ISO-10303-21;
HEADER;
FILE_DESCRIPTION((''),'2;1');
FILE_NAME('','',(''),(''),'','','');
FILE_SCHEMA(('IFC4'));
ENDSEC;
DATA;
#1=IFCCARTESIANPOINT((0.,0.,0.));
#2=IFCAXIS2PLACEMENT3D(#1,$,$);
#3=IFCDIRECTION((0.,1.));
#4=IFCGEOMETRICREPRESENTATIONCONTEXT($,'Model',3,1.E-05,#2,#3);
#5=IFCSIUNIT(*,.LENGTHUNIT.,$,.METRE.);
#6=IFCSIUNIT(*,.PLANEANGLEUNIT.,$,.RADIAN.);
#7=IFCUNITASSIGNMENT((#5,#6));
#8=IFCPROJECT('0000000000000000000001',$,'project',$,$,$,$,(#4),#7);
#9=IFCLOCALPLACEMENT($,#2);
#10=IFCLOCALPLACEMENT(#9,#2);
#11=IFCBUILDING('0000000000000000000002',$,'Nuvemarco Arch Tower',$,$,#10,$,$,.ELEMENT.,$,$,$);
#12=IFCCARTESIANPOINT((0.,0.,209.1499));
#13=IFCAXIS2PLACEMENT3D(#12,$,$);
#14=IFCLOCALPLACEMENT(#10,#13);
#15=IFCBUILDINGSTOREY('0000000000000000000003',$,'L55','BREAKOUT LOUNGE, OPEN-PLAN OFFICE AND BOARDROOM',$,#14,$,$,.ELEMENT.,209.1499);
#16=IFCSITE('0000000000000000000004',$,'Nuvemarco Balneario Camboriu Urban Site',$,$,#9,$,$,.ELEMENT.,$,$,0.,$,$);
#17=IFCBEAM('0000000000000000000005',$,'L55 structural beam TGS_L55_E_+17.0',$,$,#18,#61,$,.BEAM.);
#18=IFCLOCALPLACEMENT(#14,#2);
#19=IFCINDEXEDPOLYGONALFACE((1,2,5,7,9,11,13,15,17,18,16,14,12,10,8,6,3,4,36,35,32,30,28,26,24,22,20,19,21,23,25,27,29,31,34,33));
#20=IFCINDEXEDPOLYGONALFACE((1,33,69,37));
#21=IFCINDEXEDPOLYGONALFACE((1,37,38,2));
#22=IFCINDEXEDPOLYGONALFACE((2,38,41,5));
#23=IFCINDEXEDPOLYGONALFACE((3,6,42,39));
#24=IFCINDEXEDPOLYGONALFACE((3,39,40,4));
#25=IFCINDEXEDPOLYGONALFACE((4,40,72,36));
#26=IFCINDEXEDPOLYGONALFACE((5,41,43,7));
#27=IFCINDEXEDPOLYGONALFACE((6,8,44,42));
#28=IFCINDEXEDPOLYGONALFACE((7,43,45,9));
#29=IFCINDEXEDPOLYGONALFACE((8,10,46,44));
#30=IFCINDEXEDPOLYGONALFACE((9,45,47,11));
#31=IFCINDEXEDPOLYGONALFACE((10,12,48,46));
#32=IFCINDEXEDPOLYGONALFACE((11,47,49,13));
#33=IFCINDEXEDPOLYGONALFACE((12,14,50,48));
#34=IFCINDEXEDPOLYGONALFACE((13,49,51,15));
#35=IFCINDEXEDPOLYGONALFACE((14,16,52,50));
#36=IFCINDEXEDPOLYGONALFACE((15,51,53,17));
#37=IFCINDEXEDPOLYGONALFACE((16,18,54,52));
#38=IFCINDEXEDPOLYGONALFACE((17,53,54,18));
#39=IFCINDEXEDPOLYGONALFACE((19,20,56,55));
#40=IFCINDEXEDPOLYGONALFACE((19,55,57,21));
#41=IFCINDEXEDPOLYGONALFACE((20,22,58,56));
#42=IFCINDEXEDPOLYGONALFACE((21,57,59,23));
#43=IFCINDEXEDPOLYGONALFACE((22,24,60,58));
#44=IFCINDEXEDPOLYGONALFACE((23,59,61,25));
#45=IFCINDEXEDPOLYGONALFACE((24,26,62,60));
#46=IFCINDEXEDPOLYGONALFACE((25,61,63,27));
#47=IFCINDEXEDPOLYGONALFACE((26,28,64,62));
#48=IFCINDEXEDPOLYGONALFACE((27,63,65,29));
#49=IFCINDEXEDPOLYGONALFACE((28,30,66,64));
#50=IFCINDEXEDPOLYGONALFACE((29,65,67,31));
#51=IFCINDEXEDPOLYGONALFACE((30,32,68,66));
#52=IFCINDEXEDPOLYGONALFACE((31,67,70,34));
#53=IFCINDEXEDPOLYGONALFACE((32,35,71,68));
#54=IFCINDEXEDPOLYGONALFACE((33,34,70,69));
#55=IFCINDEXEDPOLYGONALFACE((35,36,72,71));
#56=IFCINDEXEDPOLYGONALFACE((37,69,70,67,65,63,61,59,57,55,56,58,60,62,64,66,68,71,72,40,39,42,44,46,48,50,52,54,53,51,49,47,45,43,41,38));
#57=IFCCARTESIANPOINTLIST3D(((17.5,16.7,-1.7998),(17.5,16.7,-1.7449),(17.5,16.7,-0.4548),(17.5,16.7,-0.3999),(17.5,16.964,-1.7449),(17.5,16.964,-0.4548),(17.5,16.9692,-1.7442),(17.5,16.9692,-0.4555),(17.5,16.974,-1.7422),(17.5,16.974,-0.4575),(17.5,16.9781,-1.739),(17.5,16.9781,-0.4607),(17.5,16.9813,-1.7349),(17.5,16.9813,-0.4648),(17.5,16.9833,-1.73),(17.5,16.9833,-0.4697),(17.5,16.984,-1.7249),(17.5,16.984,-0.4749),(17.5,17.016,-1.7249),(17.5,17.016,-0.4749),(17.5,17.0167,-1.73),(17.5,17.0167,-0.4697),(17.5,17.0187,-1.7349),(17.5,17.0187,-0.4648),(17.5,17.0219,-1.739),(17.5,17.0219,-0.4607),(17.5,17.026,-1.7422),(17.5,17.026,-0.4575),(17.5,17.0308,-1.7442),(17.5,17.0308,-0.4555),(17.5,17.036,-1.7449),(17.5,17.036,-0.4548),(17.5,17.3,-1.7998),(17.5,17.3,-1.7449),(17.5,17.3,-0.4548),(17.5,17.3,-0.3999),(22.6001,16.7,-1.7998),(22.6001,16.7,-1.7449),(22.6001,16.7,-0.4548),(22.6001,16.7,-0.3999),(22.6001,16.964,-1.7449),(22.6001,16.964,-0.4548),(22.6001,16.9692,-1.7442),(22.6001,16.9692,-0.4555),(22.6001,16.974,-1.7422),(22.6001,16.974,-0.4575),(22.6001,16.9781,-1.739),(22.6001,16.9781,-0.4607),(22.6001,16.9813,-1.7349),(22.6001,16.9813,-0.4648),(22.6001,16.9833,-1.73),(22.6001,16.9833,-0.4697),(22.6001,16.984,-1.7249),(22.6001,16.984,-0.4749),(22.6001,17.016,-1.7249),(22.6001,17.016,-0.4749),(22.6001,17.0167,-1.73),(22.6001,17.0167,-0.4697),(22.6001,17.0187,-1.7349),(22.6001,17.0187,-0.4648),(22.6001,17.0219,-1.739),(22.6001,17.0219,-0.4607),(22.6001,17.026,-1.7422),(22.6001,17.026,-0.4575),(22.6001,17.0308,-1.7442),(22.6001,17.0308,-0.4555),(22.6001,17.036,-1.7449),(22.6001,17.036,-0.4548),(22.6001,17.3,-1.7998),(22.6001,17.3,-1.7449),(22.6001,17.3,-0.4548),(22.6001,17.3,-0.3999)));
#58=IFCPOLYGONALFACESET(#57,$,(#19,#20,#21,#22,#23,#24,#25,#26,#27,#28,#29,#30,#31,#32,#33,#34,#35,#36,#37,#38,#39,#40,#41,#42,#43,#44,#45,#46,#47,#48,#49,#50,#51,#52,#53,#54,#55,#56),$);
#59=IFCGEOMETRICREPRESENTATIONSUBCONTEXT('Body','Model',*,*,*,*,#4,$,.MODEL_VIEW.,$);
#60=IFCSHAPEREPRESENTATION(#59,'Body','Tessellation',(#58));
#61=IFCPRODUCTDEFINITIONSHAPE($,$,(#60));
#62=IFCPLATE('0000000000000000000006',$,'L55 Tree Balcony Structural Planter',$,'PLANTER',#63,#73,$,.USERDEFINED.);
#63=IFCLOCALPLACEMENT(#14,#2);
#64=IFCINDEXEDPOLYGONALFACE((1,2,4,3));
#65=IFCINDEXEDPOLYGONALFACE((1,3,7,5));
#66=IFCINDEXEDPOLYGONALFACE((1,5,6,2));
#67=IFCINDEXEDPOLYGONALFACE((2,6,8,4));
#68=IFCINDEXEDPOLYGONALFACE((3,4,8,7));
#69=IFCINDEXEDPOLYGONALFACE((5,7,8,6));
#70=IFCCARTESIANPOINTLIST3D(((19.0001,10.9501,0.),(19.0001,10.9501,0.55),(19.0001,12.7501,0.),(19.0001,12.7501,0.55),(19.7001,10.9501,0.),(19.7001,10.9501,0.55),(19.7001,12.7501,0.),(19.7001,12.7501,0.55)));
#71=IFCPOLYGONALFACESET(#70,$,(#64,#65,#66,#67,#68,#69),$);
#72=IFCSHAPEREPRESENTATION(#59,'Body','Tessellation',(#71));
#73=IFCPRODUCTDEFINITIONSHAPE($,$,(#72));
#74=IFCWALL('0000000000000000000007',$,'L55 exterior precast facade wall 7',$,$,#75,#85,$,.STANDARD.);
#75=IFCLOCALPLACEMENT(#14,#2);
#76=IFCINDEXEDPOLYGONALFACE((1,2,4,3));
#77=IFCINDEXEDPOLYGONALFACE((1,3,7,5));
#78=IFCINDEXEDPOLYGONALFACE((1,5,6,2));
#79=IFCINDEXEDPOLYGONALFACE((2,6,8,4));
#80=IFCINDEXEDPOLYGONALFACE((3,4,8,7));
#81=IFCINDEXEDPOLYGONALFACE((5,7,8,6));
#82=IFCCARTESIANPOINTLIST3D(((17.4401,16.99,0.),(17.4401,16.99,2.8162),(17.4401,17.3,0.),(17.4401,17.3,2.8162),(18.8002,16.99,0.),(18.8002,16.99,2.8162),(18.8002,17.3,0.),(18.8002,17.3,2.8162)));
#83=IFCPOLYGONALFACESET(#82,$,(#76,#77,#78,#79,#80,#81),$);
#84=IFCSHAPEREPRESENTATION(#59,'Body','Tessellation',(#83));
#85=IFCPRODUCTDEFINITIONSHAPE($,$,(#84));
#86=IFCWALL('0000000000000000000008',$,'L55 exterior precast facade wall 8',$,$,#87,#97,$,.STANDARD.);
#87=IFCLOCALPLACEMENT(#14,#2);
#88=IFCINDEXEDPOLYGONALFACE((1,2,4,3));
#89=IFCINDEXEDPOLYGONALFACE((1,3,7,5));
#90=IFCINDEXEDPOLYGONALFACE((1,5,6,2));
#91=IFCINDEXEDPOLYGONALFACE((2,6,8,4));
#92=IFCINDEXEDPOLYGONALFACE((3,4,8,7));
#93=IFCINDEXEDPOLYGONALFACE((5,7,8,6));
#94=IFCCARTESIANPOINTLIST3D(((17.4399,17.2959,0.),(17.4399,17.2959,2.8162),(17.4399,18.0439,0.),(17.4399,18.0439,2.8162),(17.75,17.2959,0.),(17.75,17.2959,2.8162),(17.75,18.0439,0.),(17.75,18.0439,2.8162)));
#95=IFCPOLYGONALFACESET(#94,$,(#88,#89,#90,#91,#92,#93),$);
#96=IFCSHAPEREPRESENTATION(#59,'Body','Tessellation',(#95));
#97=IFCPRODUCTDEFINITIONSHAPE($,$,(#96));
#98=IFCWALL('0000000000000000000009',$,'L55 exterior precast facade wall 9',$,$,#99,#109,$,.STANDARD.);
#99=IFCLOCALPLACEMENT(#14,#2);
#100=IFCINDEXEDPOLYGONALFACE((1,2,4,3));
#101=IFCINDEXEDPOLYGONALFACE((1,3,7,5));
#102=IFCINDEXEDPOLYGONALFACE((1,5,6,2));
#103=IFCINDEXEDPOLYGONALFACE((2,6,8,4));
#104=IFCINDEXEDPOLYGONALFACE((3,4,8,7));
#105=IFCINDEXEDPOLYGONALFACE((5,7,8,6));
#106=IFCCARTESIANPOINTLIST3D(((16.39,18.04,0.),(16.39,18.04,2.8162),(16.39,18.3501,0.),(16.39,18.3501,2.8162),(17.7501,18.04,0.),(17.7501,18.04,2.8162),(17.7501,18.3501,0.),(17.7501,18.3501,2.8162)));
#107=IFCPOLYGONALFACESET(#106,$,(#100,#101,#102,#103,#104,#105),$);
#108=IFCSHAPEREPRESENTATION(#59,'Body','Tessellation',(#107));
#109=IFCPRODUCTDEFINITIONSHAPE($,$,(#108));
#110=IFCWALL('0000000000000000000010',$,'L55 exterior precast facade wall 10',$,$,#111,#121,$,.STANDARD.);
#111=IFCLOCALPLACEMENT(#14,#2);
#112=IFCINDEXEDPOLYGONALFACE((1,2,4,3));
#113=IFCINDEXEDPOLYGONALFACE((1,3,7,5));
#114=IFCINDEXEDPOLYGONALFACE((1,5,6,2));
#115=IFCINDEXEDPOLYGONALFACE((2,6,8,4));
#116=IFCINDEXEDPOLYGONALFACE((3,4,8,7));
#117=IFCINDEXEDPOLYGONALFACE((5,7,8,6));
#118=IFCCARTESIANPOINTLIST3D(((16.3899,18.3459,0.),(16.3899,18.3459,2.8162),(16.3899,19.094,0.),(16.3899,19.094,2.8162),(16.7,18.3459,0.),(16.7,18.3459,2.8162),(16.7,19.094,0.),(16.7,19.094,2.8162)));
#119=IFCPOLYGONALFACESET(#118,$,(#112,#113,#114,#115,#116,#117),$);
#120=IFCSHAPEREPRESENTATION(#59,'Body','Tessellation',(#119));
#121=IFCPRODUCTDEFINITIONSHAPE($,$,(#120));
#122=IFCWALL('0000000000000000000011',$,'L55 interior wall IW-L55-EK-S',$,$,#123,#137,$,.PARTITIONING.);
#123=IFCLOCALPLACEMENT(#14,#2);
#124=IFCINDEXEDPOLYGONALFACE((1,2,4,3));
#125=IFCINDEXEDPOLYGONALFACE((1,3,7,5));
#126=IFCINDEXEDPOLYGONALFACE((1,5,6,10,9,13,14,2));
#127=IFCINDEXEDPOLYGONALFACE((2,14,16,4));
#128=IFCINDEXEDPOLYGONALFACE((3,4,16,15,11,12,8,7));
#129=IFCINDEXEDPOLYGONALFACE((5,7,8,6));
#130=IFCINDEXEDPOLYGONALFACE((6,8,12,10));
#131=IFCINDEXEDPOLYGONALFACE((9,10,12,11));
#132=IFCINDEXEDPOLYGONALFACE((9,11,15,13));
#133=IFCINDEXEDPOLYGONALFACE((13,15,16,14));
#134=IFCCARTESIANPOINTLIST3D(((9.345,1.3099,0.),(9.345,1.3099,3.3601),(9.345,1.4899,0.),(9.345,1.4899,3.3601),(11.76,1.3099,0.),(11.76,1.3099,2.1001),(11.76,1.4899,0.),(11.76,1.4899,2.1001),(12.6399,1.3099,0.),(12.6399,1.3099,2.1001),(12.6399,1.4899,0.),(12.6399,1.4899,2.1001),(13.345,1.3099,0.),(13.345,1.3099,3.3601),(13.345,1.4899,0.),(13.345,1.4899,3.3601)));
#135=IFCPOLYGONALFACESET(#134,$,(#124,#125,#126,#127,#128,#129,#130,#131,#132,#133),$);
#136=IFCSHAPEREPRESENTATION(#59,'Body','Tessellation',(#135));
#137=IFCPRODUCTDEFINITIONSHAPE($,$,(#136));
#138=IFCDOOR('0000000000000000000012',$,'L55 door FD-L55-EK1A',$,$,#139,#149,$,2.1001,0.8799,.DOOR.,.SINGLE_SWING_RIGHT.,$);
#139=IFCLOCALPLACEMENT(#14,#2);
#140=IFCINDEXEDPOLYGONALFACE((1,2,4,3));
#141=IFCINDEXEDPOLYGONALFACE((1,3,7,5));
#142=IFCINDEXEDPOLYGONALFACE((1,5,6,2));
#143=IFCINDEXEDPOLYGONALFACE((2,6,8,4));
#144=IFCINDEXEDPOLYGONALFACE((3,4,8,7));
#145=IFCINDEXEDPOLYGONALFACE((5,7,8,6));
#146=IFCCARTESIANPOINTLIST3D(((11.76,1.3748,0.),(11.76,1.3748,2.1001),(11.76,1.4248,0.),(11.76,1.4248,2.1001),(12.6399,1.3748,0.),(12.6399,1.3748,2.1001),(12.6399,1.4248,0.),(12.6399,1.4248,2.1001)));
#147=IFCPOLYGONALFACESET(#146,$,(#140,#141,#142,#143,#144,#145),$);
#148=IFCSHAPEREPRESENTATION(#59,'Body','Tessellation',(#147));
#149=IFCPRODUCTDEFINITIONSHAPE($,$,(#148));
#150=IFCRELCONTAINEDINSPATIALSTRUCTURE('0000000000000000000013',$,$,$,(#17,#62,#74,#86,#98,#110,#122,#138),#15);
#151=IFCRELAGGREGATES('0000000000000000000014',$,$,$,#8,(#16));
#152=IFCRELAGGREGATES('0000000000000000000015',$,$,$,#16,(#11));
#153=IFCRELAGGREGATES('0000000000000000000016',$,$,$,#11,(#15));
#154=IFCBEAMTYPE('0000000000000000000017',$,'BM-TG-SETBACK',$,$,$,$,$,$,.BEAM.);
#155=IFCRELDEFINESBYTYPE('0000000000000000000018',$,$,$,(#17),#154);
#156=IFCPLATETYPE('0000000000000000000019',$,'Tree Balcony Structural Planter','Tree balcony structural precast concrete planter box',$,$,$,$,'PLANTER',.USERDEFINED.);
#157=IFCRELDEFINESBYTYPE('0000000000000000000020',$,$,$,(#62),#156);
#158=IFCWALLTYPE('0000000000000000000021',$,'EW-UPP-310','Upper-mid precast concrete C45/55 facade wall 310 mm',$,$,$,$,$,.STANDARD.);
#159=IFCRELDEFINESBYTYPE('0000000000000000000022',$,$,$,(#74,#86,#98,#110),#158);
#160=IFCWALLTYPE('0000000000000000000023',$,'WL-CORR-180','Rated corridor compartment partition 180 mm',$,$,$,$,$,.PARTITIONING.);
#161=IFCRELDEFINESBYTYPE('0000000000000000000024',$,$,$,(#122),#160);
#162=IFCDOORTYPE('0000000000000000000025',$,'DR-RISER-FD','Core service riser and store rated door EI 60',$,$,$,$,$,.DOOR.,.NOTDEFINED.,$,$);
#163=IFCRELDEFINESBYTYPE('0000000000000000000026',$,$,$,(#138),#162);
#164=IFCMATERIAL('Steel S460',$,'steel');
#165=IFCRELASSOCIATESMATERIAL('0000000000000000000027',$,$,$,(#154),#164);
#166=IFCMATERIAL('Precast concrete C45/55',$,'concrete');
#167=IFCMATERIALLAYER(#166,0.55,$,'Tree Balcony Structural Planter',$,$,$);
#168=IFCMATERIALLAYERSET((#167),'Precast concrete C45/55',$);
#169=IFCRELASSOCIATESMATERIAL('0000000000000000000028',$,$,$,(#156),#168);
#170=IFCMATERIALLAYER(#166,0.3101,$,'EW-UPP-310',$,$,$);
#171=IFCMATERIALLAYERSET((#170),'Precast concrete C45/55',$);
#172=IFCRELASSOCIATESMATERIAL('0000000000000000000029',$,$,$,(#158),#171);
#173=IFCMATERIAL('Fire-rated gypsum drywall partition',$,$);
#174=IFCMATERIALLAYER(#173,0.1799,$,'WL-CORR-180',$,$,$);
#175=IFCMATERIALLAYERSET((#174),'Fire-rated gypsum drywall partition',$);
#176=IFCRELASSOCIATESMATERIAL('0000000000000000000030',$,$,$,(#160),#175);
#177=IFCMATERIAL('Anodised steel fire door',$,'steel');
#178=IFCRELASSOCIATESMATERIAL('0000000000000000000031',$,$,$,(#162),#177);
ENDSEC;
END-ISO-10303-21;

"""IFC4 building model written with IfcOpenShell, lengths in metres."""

from ifc_helpers import new_model, si_unit, direction, frame, frame_2d, origin, origin_2d, place, context, subcontext, project, spatial, rectangle, i_section, extrude, source, transform, mapped, material, layer, layer_set, material_profile, profile_set, type_object, type_shapes, element, fill, save


model = new_model("IFC4")

# Units and contexts
model_context = context("Model", 3, precision=1e-05, world=origin(), true_north=direction((0.0, 1.0)))
body_context = subcontext(model_context, "Body", "Model", "MODEL_VIEW")
ifc_project = project(units=[si_unit("LENGTHUNIT", "METRE"), si_unit("PLANEANGLEUNIT", "RADIAN")], contexts=[model_context])

# Site, building, storey
site_placement = place(None, origin())
site = spatial("IfcSite", under=ifc_project, at=site_placement, Name="Nuvemarco Balneario Camboriu Urban Site", CompositionType="ELEMENT", RefElevation=0.0)
building_placement = place(site_placement, origin())
building = spatial("IfcBuilding", under=site, at=building_placement, Name="Nuvemarco Arch Tower", CompositionType="ELEMENT")
storey_placement = place(building_placement, frame((0.0, 0.0, 209.1499)))
storey = spatial("IfcBuildingStorey", under=building, at=storey_placement, Name="L55", Description="BREAKOUT LOUNGE, OPEN-PLAN OFFICE AND BOARDROOM", CompositionType="ELEMENT", Elevation=209.1499)

# Beam
ifc_material_1 = material(Name="Precast concrete C45/55", Category="concrete")
ifc_material_2 = material(Name="Steel S460", Category="steel")
ifc_material_profile_1 = material_profile(ifc_material_2, i_section(OverallWidth=0.6001, OverallDepth=1.3999, WebThickness=0.032, FlangeThickness=0.0549, FilletRadius=0.02, at=origin_2d()), Name="PG1400x600")
ifc_profile_set_1 = profile_set([ifc_material_profile_1], Name="Steel S460")
beam_type_1 = type_object("IfcBeamType", Name="BM-TG-SETBACK", PredefinedType="BEAM", material=ifc_profile_set_1)
for number, where, z_axis, x_axis, name in (
    (1, (17.5, 17.0, -1.0999), (1.0, 0.0, 0.0), (0.0, 1.0, 0.0), "L55 structural beam TGS_L55_E_+17.0"),
):
    element("IfcBeam", number, at=place(storey_placement, frame(where, z_axis=z_axis, x_axis=x_axis)), inside=storey, type_object=beam_type_1, Name=name, PredefinedType="BEAM", context=body_context, shape_type="SweptSolid", body=[
        extrude(i_section(OverallWidth=0.6001, OverallDepth=1.3999, WebThickness=0.032, FlangeThickness=0.0549, FilletRadius=0.02, at=origin_2d()), origin(), (0.0, 0.0, 1.0), 5.1001),
    ])

# Plate
ifc_layer_1 = layer(ifc_material_1, 0.55, Name="Tree Balcony Structural Planter")
ifc_layer_set_1 = layer_set([ifc_layer_1], Name="Precast concrete C45/55")
plate_type = type_object("IfcPlateType", Name="Tree Balcony Structural Planter", Description="Tree balcony structural precast concrete planter box", ElementType="PLANTER", PredefinedType="USERDEFINED", material=ifc_layer_set_1)
shared_shape_1 = source(origin(), body_context, "Body", "SweptSolid", [
    extrude(rectangle(XDim=1.8, YDim=0.7, at=origin_2d()), origin(), (0.0, 0.0, 1.0), 0.55),
])
type_shapes(plate_type, [shared_shape_1])
plate_placement = place(storey_placement, frame((19.3501, 11.8501, 0.0), z_axis=(0.0, 0.0, 1.0), x_axis=(0.0, 1.0, 0.0)))
element("IfcPlate", 2, at=plate_placement, inside=storey, type_object=plate_type, Name="L55 Tree Balcony Structural Planter", ObjectType="PLANTER", PredefinedType="USERDEFINED", context=body_context, shape_type="MappedRepresentation", body=[
    mapped(shared_shape_1, transform((0.0, 0.0, 0.0), scale=1.0)),
])

# Walls
ifc_layer_2 = layer(ifc_material_1, 0.3101, Name="EW-UPP-310")
ifc_layer_set_2 = layer_set([ifc_layer_2], Name="Precast concrete C45/55")
wall_type_1 = type_object("IfcWallType", Name="EW-UPP-310", Description="Upper-mid precast concrete C45/55 facade wall 310 mm", PredefinedType="STANDARD", material=ifc_layer_set_2)
wall_1_placement = place(storey_placement, frame((17.4399, 17.145, 0.0), z_axis=(0.0, 0.0, 1.0), x_axis=(1.0, 0.0, 0.0)))
element("IfcWall", 3, at=wall_1_placement, inside=storey, type_object=wall_type_1, Name="L55 exterior precast facade wall 7", PredefinedType="STANDARD", context=body_context, shape_type="SweptSolid", body=[
    extrude(rectangle(XDim=1.3601, YDim=0.3101, at=frame_2d((0.6802, 0.0))), origin(), (0.0, 0.0, 1.0), 2.8162),
])
wall_2_placement = place(storey_placement, frame((17.595, 17.2959, 0.0), z_axis=(0.0, 0.0, 1.0), x_axis=(0.0, 1.0, 0.0)))
element("IfcWall", 4, at=wall_2_placement, inside=storey, type_object=wall_type_1, Name="L55 exterior precast facade wall 8", PredefinedType="STANDARD", context=body_context, shape_type="SweptSolid", body=[
    extrude(rectangle(XDim=0.748, YDim=0.3101, at=frame_2d((0.374, 0.0))), origin(), (0.0, 0.0, 1.0), 2.8162),
])
wall_3_placement = place(storey_placement, frame((16.3899, 18.1951, 0.0), z_axis=(0.0, 0.0, 1.0), x_axis=(1.0, 0.0, 0.0)))
element("IfcWall", 5, at=wall_3_placement, inside=storey, type_object=wall_type_1, Name="L55 exterior precast facade wall 9", PredefinedType="STANDARD", context=body_context, shape_type="SweptSolid", body=[
    extrude(rectangle(XDim=1.3601, YDim=0.3101, at=frame_2d((0.6802, 0.0))), origin(), (0.0, 0.0, 1.0), 2.8162),
])
wall_4_placement = place(storey_placement, frame((16.5449, 18.3459, 0.0), z_axis=(0.0, 0.0, 1.0), x_axis=(0.0, 1.0, 0.0)))
element("IfcWall", 6, at=wall_4_placement, inside=storey, type_object=wall_type_1, Name="L55 exterior precast facade wall 10", PredefinedType="STANDARD", context=body_context, shape_type="SweptSolid", body=[
    extrude(rectangle(XDim=0.748, YDim=0.3101, at=frame_2d((0.374, 0.0))), origin(), (0.0, 0.0, 1.0), 2.8162),
])

# Wall, opening, door
ifc_material_3 = material(Name="Fire-rated gypsum drywall partition")
ifc_layer_3 = layer(ifc_material_3, 0.1799, Name="WL-CORR-180")
ifc_layer_set_3 = layer_set([ifc_layer_3], Name="Fire-rated gypsum drywall partition")
wall_type_2 = type_object("IfcWallType", Name="WL-CORR-180", Description="Rated corridor compartment partition 180 mm", PredefinedType="PARTITIONING", material=ifc_layer_set_3)
wall_5_placement = place(storey_placement, frame((9.345, 1.3999, 0.0), z_axis=(0.0, 0.0, 1.0), x_axis=(1.0, 0.0, 0.0)))
wall_5 = element("IfcWall", 7, at=wall_5_placement, inside=storey, type_object=wall_type_2, Name="L55 interior wall IW-L55-EK-S", PredefinedType="PARTITIONING", context=body_context, shape_type="SweptSolid", body=[
    extrude(rectangle(XDim=4.0, YDim=0.1799, at=frame_2d((2.0, 0.0))), origin(), (0.0, 0.0, 1.0), 3.3601),
])
opening_1_placement = place(wall_5_placement, frame((2.415, 0.0, 0.0)))
opening_1 = element("IfcOpeningElement", 8, at=opening_1_placement, cuts=wall_5, PredefinedType="OPENING", context=body_context, shape_type="SweptSolid", body=[
    extrude(rectangle(XDim=0.8799, YDim=2.1001, at=frame_2d((0.4399, 1.05))), frame((0.0, 0.0999, 0.0), z_axis=(0.0, -1.0, 0.0), x_axis=(1.0, 0.0, 0.0)), (0.0, 0.0, 1.0), 0.2),
])
ifc_material_4 = material(Name="Anodised steel fire door", Category="steel")
door_type_1 = type_object("IfcDoorType", Name="DR-RISER-FD", Description="Core service riser and store rated door EI 60", OperationType="NOTDEFINED", PredefinedType="DOOR", material=ifc_material_4)
shared_shape_2 = source(origin(), body_context, "Body", "SweptSolid", [
    extrude(rectangle(XDim=0.8799, YDim=2.1001, at=frame_2d((0.4399, 1.05))), frame((0.0, 0.0249, 0.0), z_axis=(0.0, -1.0, 0.0), x_axis=(1.0, 0.0, 0.0)), (0.0, 0.0, 1.0), 0.05),
])
type_shapes(door_type_1, [shared_shape_2])
door_1_placement = place(opening_1_placement, origin())
door_1 = element("IfcDoor", 9, at=door_1_placement, inside=storey, type_object=door_type_1, Name="L55 door FD-L55-EK1A", OperationType="SINGLE_SWING_RIGHT", OverallHeight=2.1001, OverallWidth=0.8799, PredefinedType="DOOR", context=body_context, shape_type="MappedRepresentation", body=[
    mapped(shared_shape_2, transform((0.0, 0.0, 0.0), scale=1.0)),
])
fill(opening_1, door_1)

save(model, "model.ifc")
